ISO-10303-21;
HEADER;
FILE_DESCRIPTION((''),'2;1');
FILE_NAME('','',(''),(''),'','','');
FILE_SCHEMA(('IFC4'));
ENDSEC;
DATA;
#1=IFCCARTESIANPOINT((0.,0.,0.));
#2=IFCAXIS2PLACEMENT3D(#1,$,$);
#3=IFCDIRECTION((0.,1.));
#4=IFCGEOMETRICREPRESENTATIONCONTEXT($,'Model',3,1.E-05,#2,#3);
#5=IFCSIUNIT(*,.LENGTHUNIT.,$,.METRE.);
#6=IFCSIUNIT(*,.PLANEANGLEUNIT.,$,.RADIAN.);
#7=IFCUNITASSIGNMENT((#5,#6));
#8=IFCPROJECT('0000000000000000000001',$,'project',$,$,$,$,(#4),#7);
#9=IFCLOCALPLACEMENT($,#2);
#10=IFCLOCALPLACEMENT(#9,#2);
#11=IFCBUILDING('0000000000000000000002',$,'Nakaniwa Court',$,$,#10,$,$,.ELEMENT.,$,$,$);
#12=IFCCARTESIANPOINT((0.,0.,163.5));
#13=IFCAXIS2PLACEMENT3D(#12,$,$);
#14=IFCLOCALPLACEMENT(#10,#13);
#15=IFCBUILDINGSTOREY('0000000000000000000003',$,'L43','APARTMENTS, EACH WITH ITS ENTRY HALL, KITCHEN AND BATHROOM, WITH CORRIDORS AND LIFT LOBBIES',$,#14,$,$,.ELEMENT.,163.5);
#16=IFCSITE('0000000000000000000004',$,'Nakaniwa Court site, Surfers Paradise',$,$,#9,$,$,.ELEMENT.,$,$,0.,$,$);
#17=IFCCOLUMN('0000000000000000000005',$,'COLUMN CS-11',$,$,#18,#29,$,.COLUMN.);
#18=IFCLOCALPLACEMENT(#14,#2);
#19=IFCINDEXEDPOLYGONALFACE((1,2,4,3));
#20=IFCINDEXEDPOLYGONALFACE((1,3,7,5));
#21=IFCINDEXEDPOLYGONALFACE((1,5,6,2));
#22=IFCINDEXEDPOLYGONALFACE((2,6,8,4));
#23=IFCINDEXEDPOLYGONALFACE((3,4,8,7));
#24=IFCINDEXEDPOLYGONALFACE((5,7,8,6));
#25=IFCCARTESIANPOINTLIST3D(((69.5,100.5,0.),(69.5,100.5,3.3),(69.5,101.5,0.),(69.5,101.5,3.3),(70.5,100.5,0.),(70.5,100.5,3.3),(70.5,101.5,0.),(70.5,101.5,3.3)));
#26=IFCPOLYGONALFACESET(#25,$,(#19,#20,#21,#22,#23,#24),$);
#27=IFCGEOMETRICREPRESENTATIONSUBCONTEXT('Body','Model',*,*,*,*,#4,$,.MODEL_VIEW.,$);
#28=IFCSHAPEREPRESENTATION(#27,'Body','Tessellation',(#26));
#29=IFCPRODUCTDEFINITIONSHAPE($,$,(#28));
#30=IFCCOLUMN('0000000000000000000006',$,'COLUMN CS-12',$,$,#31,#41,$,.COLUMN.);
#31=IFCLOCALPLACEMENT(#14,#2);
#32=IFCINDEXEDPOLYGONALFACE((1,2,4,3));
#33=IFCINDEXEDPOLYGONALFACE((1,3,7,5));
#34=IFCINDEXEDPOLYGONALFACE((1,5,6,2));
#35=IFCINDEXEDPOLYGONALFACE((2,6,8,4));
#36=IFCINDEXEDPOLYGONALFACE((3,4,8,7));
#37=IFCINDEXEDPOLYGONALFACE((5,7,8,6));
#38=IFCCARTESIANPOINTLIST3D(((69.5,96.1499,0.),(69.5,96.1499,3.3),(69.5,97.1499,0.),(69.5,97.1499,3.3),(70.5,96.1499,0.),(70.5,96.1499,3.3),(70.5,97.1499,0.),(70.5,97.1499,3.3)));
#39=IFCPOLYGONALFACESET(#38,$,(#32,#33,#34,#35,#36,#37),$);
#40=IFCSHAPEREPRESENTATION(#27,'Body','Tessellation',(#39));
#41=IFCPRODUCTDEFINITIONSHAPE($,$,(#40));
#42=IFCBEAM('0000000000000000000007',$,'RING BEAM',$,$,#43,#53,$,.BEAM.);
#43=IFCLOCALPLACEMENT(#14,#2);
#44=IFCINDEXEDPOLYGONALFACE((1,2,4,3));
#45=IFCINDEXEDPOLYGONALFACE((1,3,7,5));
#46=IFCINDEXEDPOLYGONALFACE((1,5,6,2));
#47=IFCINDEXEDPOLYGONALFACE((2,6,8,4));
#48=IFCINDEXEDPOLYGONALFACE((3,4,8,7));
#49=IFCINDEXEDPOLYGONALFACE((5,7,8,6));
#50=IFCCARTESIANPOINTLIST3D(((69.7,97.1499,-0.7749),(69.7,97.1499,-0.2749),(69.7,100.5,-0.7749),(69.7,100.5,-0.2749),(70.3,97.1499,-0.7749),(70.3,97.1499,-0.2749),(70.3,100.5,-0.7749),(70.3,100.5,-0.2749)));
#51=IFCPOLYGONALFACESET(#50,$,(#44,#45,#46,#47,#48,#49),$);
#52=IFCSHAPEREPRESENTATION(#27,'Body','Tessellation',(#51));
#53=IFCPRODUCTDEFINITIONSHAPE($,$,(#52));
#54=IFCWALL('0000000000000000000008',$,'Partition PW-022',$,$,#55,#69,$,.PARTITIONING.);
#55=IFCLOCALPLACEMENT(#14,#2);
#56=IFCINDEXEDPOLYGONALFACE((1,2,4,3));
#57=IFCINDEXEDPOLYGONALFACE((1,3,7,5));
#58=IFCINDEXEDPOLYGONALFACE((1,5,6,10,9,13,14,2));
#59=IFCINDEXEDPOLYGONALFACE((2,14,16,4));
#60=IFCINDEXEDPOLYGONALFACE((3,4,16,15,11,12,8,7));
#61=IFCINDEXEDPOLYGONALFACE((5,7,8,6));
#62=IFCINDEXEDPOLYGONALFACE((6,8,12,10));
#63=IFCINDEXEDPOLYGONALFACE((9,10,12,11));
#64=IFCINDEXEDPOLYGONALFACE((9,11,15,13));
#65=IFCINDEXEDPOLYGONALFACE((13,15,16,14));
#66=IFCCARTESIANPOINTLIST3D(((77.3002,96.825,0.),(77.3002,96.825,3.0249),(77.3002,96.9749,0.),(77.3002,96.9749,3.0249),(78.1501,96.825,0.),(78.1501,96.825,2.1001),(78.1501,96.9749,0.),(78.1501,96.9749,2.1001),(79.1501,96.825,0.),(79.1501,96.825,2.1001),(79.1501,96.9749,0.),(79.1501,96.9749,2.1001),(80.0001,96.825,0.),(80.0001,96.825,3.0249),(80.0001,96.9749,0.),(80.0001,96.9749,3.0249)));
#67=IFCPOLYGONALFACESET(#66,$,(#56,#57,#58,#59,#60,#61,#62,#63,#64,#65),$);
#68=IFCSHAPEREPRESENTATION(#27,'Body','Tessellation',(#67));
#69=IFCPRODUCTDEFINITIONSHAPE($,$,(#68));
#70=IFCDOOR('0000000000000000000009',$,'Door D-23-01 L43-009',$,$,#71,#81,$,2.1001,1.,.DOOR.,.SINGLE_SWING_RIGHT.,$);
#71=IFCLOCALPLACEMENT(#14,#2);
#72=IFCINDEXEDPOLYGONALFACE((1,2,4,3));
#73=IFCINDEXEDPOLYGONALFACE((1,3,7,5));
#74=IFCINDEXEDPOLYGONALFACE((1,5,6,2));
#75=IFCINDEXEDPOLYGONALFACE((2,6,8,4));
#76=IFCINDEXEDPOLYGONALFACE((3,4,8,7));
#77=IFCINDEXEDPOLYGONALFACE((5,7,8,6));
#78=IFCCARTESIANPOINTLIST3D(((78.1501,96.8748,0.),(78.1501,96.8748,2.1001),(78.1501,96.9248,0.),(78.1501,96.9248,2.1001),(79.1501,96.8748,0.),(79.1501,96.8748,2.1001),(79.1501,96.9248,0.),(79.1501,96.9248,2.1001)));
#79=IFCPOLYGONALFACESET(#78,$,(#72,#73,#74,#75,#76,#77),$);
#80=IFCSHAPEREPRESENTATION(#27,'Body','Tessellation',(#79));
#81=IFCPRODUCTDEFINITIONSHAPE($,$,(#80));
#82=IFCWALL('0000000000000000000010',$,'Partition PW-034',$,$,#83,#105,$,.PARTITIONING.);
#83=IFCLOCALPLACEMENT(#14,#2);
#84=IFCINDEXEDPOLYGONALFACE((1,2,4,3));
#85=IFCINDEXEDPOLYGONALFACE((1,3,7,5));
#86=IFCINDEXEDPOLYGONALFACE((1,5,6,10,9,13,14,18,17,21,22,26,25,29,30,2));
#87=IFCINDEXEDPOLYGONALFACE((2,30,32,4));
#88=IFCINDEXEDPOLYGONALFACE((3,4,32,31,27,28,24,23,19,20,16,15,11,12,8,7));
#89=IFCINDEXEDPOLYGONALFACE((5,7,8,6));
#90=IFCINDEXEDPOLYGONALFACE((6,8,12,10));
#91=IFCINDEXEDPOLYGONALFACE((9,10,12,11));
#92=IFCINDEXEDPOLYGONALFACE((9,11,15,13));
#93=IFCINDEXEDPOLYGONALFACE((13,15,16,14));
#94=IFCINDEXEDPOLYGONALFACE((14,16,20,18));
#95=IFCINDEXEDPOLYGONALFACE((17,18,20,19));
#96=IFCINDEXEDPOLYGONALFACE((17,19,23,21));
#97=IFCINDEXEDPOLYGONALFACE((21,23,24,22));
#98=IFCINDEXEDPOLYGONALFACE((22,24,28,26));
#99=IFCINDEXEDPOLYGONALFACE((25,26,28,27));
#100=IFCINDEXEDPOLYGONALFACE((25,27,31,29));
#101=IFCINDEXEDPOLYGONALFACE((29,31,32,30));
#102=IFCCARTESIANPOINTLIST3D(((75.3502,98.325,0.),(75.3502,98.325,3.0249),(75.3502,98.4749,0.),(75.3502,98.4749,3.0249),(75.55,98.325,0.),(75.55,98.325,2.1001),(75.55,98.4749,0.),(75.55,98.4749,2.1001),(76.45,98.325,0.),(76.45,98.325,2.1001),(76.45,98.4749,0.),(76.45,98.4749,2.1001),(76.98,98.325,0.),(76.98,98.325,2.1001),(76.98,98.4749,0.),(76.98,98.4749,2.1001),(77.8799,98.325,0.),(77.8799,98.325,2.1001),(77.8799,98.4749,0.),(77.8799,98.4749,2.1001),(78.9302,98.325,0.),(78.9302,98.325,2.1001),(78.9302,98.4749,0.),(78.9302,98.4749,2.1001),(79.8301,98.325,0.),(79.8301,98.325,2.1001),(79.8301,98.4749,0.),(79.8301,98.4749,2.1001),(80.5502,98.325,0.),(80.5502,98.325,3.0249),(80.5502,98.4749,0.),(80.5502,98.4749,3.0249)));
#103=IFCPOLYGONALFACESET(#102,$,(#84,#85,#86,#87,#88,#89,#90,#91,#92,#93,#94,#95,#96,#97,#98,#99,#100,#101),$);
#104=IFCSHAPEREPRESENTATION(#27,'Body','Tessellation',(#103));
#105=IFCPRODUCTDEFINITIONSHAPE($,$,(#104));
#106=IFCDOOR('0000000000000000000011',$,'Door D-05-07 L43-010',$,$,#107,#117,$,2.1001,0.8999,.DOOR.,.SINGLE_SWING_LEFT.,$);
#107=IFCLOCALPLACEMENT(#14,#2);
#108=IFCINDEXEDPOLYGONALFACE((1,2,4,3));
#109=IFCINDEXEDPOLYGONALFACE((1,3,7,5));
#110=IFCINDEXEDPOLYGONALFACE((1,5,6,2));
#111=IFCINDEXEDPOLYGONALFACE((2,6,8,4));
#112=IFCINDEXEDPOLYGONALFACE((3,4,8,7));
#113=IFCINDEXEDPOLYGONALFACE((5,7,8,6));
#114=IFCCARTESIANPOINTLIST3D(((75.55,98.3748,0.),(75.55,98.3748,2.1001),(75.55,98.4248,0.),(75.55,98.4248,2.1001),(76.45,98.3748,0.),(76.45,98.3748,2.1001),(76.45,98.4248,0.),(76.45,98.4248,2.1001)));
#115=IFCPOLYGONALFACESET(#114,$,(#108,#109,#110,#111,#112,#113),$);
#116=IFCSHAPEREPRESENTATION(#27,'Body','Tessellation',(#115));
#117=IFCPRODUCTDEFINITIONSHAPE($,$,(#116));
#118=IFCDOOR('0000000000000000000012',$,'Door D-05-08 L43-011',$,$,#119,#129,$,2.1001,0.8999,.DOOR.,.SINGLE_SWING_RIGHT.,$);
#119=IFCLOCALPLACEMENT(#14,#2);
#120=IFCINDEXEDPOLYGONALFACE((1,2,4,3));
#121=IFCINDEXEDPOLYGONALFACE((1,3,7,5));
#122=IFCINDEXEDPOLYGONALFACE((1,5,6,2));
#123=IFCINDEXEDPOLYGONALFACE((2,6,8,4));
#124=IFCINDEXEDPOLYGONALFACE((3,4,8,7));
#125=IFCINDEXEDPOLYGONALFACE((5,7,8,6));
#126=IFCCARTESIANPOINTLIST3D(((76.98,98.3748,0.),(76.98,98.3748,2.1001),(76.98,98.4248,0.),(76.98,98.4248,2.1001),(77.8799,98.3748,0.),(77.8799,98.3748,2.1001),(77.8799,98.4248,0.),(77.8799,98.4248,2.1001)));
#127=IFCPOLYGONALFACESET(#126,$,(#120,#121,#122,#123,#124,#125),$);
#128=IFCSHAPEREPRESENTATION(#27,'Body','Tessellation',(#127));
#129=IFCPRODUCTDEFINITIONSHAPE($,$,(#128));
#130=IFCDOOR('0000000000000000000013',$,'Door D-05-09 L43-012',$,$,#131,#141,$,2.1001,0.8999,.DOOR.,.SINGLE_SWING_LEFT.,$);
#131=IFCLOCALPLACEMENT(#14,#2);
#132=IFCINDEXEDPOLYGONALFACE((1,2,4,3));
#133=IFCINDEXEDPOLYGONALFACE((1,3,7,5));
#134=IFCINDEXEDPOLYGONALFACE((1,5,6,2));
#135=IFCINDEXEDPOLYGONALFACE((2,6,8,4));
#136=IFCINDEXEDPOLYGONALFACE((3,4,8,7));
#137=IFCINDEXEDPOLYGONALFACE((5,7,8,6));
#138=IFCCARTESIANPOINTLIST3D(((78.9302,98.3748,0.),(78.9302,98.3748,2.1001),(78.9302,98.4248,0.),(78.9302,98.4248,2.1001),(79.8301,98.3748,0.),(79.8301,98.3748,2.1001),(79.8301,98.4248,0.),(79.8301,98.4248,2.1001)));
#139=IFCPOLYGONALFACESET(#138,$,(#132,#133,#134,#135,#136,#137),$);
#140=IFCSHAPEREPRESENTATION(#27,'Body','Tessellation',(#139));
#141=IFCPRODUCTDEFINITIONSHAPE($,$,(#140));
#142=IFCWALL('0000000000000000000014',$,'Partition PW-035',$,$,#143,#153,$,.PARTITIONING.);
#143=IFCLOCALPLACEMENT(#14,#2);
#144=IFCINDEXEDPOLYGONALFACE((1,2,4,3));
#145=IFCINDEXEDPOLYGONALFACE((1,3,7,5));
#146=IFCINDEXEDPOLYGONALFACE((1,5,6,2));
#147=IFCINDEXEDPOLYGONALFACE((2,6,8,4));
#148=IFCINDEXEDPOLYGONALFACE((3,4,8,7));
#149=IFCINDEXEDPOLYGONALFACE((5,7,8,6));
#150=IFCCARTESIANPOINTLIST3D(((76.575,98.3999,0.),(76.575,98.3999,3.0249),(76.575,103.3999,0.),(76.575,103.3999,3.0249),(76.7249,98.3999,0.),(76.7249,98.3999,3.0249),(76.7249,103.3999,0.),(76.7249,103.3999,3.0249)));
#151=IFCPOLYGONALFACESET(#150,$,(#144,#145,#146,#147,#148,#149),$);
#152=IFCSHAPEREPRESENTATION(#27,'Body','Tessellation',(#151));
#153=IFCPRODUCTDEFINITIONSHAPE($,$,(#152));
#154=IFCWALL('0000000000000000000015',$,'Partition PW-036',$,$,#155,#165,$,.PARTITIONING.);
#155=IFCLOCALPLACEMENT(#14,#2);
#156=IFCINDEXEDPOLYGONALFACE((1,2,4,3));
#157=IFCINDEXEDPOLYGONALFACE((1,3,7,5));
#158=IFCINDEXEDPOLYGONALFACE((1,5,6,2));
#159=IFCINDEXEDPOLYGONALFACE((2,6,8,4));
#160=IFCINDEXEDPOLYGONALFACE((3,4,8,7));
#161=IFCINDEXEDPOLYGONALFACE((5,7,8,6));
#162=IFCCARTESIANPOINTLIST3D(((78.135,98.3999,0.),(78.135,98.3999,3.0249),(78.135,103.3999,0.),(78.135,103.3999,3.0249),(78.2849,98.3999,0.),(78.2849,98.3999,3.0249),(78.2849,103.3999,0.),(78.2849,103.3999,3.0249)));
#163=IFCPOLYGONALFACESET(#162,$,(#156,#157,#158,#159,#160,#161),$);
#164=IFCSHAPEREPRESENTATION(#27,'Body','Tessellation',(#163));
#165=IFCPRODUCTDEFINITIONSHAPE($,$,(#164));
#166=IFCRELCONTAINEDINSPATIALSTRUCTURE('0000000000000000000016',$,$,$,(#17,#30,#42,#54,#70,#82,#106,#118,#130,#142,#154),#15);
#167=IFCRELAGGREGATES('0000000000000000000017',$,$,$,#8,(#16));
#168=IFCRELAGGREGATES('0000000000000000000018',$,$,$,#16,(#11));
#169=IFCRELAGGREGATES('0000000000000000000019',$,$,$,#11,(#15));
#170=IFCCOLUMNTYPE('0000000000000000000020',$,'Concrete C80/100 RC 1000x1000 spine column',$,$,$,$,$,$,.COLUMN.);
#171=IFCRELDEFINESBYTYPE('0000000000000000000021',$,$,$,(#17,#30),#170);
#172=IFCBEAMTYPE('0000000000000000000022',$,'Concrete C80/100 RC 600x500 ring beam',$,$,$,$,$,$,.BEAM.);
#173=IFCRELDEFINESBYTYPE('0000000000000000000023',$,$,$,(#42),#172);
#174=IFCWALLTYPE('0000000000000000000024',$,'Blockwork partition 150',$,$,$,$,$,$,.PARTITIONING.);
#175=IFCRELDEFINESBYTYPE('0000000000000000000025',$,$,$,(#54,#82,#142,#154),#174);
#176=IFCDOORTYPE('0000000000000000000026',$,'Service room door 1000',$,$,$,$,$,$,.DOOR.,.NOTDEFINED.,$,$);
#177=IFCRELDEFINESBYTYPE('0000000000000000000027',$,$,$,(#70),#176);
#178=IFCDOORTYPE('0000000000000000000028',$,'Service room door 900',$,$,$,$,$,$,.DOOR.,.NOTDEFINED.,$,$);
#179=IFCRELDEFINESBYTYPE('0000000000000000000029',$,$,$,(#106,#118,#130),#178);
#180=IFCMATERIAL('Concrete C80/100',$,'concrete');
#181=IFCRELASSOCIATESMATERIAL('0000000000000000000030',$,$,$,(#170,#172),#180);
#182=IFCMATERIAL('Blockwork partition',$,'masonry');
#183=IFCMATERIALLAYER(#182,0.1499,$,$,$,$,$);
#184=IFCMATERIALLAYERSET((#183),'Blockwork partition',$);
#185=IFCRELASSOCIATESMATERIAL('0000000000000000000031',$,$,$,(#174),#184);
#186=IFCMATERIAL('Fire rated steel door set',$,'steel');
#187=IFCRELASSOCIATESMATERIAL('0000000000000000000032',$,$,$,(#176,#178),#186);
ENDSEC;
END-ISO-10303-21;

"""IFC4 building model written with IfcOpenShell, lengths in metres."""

from ifc_helpers import new_model, si_unit, direction, frame, frame_2d, origin, origin_2d, place, context, subcontext, project, spatial, rectangle, extrude, material, layer, layer_set, material_profile, profile_set, type_object, element, fill, save


model = new_model("IFC4")

# Units and contexts
model_context = context("Model", 3, precision=1e-05, world=origin(), true_north=direction((0.0, 1.0)))
body_context = subcontext(model_context, "Body", "Model", "MODEL_VIEW")
ifc_project = project(units=[si_unit("LENGTHUNIT", "METRE"), si_unit("PLANEANGLEUNIT", "RADIAN")], contexts=[model_context])

# Site, building, storey
site_placement = place(None, origin())
site = spatial("IfcSite", under=ifc_project, at=site_placement, Name="Nakaniwa Court site, Surfers Paradise", CompositionType="ELEMENT", RefElevation=0.0)
building_placement = place(site_placement, origin())
building = spatial("IfcBuilding", under=site, at=building_placement, Name="Nakaniwa Court", CompositionType="ELEMENT")
storey_placement = place(building_placement, frame((0.0, 0.0, 163.5)))
storey = spatial("IfcBuildingStorey", under=building, at=storey_placement, Name="L43", Description="APARTMENTS, EACH WITH ITS ENTRY HALL, KITCHEN AND BATHROOM, WITH CORRIDORS AND LIFT LOBBIES", CompositionType="ELEMENT", Elevation=163.5)

# Columns
ifc_material_1 = material(Name="Concrete C80/100", Category="concrete")
ifc_material_profile_1 = material_profile(ifc_material_1, rectangle(XDim=1.0, YDim=1.0, at=origin_2d()), Name="Concrete C80/100 RC 1000x1000 spine column")
ifc_profile_set_1 = profile_set([ifc_material_profile_1], Name="Concrete C80/100")
column_type = type_object("IfcColumnType", Name="Concrete C80/100 RC 1000x1000 spine column", PredefinedType="COLUMN", material=ifc_profile_set_1)
for number, where, z_axis, x_axis, name in (
    (1, (70.0, 101.0, 0.0), (0.0, 0.0, 1.0), (0.0, -1.0, 0.0), "COLUMN CS-11"),
    (2, (70.0, 96.6499, 0.0), (0.0, 0.0, 1.0), (0.0, -1.0, 0.0), "COLUMN CS-12"),
):
    element("IfcColumn", number, at=place(storey_placement, frame(where, z_axis=z_axis, x_axis=x_axis)), inside=storey, type_object=column_type, Name=name, PredefinedType="COLUMN", context=body_context, shape_type="SweptSolid", body=[
        extrude(rectangle(XDim=1.0, YDim=1.0, at=origin_2d()), origin(), (0.0, 0.0, 1.0), 3.3),
    ])

# Beam
ifc_material_profile_2 = material_profile(ifc_material_1, rectangle(XDim=0.6001, YDim=0.5, at=origin_2d()), Name="Concrete C80/100 RC 600x500 ring beam")
ifc_profile_set_2 = profile_set([ifc_material_profile_2], Name="Concrete C80/100")
beam_type = type_object("IfcBeamType", Name="Concrete C80/100 RC 600x500 ring beam", PredefinedType="BEAM", material=ifc_profile_set_2)
beam_placement = place(storey_placement, frame((70.0, 100.5, -0.5249), z_axis=(0.0, -1.0, 0.0), x_axis=(1.0, 0.0, 0.0)))
element("IfcBeam", 3, at=beam_placement, inside=storey, type_object=beam_type, Name="RING BEAM", PredefinedType="BEAM", context=body_context, shape_type="SweptSolid", body=[
    extrude(rectangle(XDim=0.6001, YDim=0.5, at=origin_2d()), origin(), (0.0, 0.0, 1.0), 3.3501),
])

# Wall, opening, door
ifc_material_2 = material(Name="Blockwork partition", Category="masonry")
ifc_layer_1 = layer(ifc_material_2, 0.1499)
ifc_layer_set_1 = layer_set([ifc_layer_1], Name="Blockwork partition")
wall_type_1 = type_object("IfcWallType", Name="Blockwork partition 150", PredefinedType="PARTITIONING", material=ifc_layer_set_1)
wall_1_placement = place(storey_placement, frame((77.3, 96.8999, 0.0), z_axis=(0.0, 0.0, 1.0), x_axis=(1.0, 0.0, 0.0)))
wall_1 = element("IfcWall", 4, at=wall_1_placement, inside=storey, type_object=wall_type_1, Name="Partition PW-022", PredefinedType="PARTITIONING", context=body_context, shape_type="SweptSolid", body=[
    extrude(rectangle(XDim=2.7, YDim=0.1499, at=frame_2d((1.3501, 0.0))), origin(), (0.0, 0.0, 1.0), 3.0249),
])
opening_1_placement = place(wall_1_placement, frame((0.8501, 0.0, 0.0)))
opening_1 = element("IfcOpeningElement", 5, at=opening_1_placement, cuts=wall_1, PredefinedType="OPENING", context=body_context, shape_type="SweptSolid", body=[
    extrude(rectangle(XDim=1.0, YDim=2.1001, at=frame_2d((0.5, 1.05))), frame((0.0, 0.085, 0.0), z_axis=(0.0, -1.0, 0.0), x_axis=(1.0, 0.0, 0.0)), (0.0, 0.0, 1.0), 0.1699),
])
ifc_material_3 = material(Name="Fire rated steel door set", Category="steel")
door_type_1 = type_object("IfcDoorType", Name="Service room door 1000", OperationType="NOTDEFINED", PredefinedType="DOOR", material=ifc_material_3)
door_1_placement = place(opening_1_placement, origin())
door_1 = element("IfcDoor", 6, at=door_1_placement, inside=storey, type_object=door_type_1, Name="Door D-23-01 L43-009", OperationType="SINGLE_SWING_RIGHT", OverallHeight=2.1001, OverallWidth=1.0, PredefinedType="DOOR", context=body_context, shape_type="SweptSolid", body=[
    extrude(rectangle(XDim=1.0, YDim=2.1001, at=frame_2d((0.5, 1.05))), frame((0.0, 0.0249, 0.0), z_axis=(0.0, -1.0, 0.0), x_axis=(1.0, 0.0, 0.0)), (0.0, 0.0, 1.0), 0.05),
])
fill(opening_1, door_1)

# Wall, openings, doors
wall_2_placement = place(storey_placement, frame((75.3501, 98.3999, 0.0), z_axis=(0.0, 0.0, 1.0), x_axis=(1.0, 0.0, 0.0)))
wall_2 = element("IfcWall", 7, at=wall_2_placement, inside=storey, type_object=wall_type_1, Name="Partition PW-034", PredefinedType="PARTITIONING", context=body_context, shape_type="SweptSolid", body=[
    extrude(rectangle(XDim=5.2, YDim=0.1499, at=frame_2d((2.6001, 0.0))), origin(), (0.0, 0.0, 1.0), 3.0249),
])
opening_2_placement = place(wall_2_placement, frame((0.2, 0.0, 0.0)))
opening_2 = element("IfcOpeningElement", 8, at=opening_2_placement, cuts=wall_2, PredefinedType="OPENING", context=body_context, shape_type="SweptSolid", body=[
    extrude(rectangle(XDim=0.8999, YDim=2.1001, at=frame_2d((0.45, 1.05))), frame((0.0, 0.085, 0.0), z_axis=(0.0, -1.0, 0.0), x_axis=(1.0, 0.0, 0.0)), (0.0, 0.0, 1.0), 0.1699),
])
opening_3_placement = place(wall_2_placement, frame((1.6299, 0.0, 0.0)))
opening_3 = element("IfcOpeningElement", 9, at=opening_3_placement, cuts=wall_2, PredefinedType="OPENING", context=body_context, shape_type="SweptSolid", body=[
    extrude(rectangle(XDim=0.8999, YDim=2.1001, at=frame_2d((0.45, 1.05))), frame((0.0, 0.085, 0.0), z_axis=(0.0, -1.0, 0.0), x_axis=(1.0, 0.0, 0.0)), (0.0, 0.0, 1.0), 0.1699),
])
opening_4_placement = place(wall_2_placement, frame((3.5801, 0.0, 0.0)))
opening_4 = element("IfcOpeningElement", 10, at=opening_4_placement, cuts=wall_2, PredefinedType="OPENING", context=body_context, shape_type="SweptSolid", body=[
    extrude(rectangle(XDim=0.8999, YDim=2.1001, at=frame_2d((0.45, 1.05))), frame((0.0, 0.085, 0.0), z_axis=(0.0, -1.0, 0.0), x_axis=(1.0, 0.0, 0.0)), (0.0, 0.0, 1.0), 0.1699),
])
door_type_2 = type_object("IfcDoorType", Name="Service room door 900", OperationType="NOTDEFINED", PredefinedType="DOOR", material=ifc_material_3)
door_2_placement = place(opening_2_placement, origin())
door_2 = element("IfcDoor", 11, at=door_2_placement, inside=storey, type_object=door_type_2, Name="Door D-05-07 L43-010", OperationType="SINGLE_SWING_LEFT", OverallHeight=2.1001, OverallWidth=0.8999, PredefinedType="DOOR", context=body_context, shape_type="SweptSolid", body=[
    extrude(rectangle(XDim=0.8999, YDim=2.1001, at=frame_2d((0.45, 1.05))), frame((0.0, 0.0249, 0.0), z_axis=(0.0, -1.0, 0.0), x_axis=(1.0, 0.0, 0.0)), (0.0, 0.0, 1.0), 0.05),
])
fill(opening_2, door_2)
door_3_placement = place(opening_3_placement, origin())
door_3 = element("IfcDoor", 12, at=door_3_placement, inside=storey, type_object=door_type_2, Name="Door D-05-08 L43-011", OperationType="SINGLE_SWING_RIGHT", OverallHeight=2.1001, OverallWidth=0.8999, PredefinedType="DOOR", context=body_context, shape_type="SweptSolid", body=[
    extrude(rectangle(XDim=0.8999, YDim=2.1001, at=frame_2d((0.45, 1.05))), frame((0.0, 0.0249, 0.0), z_axis=(0.0, -1.0, 0.0), x_axis=(1.0, 0.0, 0.0)), (0.0, 0.0, 1.0), 0.05),
])
fill(opening_3, door_3)
door_4_placement = place(opening_4_placement, origin())
door_4 = element("IfcDoor", 13, at=door_4_placement, inside=storey, type_object=door_type_2, Name="Door D-05-09 L43-012", OperationType="SINGLE_SWING_LEFT", OverallHeight=2.1001, OverallWidth=0.8999, PredefinedType="DOOR", context=body_context, shape_type="SweptSolid", body=[
    extrude(rectangle(XDim=0.8999, YDim=2.1001, at=frame_2d((0.45, 1.05))), frame((0.0, 0.0249, 0.0), z_axis=(0.0, -1.0, 0.0), x_axis=(1.0, 0.0, 0.0)), (0.0, 0.0, 1.0), 0.05),
])
fill(opening_4, door_4)

# Walls
for number, where, z_axis, x_axis, name in (
    (14, (76.6499, 98.3999, 0.0), (0.0, 0.0, 1.0), (0.0, 1.0, 0.0), "Partition PW-035"),
    (15, (78.21, 98.3999, 0.0), (0.0, 0.0, 1.0), (0.0, 1.0, 0.0), "Partition PW-036"),
):
    element("IfcWall", number, at=place(storey_placement, frame(where, z_axis=z_axis, x_axis=x_axis)), inside=storey, type_object=wall_type_1, Name=name, PredefinedType="PARTITIONING", context=body_context, shape_type="SweptSolid", body=[
        extrude(rectangle(XDim=5.0, YDim=0.1499, at=frame_2d((2.5, 0.0))), origin(), (0.0, 0.0, 1.0), 3.0249),
    ])

save(model, "model.ifc")
